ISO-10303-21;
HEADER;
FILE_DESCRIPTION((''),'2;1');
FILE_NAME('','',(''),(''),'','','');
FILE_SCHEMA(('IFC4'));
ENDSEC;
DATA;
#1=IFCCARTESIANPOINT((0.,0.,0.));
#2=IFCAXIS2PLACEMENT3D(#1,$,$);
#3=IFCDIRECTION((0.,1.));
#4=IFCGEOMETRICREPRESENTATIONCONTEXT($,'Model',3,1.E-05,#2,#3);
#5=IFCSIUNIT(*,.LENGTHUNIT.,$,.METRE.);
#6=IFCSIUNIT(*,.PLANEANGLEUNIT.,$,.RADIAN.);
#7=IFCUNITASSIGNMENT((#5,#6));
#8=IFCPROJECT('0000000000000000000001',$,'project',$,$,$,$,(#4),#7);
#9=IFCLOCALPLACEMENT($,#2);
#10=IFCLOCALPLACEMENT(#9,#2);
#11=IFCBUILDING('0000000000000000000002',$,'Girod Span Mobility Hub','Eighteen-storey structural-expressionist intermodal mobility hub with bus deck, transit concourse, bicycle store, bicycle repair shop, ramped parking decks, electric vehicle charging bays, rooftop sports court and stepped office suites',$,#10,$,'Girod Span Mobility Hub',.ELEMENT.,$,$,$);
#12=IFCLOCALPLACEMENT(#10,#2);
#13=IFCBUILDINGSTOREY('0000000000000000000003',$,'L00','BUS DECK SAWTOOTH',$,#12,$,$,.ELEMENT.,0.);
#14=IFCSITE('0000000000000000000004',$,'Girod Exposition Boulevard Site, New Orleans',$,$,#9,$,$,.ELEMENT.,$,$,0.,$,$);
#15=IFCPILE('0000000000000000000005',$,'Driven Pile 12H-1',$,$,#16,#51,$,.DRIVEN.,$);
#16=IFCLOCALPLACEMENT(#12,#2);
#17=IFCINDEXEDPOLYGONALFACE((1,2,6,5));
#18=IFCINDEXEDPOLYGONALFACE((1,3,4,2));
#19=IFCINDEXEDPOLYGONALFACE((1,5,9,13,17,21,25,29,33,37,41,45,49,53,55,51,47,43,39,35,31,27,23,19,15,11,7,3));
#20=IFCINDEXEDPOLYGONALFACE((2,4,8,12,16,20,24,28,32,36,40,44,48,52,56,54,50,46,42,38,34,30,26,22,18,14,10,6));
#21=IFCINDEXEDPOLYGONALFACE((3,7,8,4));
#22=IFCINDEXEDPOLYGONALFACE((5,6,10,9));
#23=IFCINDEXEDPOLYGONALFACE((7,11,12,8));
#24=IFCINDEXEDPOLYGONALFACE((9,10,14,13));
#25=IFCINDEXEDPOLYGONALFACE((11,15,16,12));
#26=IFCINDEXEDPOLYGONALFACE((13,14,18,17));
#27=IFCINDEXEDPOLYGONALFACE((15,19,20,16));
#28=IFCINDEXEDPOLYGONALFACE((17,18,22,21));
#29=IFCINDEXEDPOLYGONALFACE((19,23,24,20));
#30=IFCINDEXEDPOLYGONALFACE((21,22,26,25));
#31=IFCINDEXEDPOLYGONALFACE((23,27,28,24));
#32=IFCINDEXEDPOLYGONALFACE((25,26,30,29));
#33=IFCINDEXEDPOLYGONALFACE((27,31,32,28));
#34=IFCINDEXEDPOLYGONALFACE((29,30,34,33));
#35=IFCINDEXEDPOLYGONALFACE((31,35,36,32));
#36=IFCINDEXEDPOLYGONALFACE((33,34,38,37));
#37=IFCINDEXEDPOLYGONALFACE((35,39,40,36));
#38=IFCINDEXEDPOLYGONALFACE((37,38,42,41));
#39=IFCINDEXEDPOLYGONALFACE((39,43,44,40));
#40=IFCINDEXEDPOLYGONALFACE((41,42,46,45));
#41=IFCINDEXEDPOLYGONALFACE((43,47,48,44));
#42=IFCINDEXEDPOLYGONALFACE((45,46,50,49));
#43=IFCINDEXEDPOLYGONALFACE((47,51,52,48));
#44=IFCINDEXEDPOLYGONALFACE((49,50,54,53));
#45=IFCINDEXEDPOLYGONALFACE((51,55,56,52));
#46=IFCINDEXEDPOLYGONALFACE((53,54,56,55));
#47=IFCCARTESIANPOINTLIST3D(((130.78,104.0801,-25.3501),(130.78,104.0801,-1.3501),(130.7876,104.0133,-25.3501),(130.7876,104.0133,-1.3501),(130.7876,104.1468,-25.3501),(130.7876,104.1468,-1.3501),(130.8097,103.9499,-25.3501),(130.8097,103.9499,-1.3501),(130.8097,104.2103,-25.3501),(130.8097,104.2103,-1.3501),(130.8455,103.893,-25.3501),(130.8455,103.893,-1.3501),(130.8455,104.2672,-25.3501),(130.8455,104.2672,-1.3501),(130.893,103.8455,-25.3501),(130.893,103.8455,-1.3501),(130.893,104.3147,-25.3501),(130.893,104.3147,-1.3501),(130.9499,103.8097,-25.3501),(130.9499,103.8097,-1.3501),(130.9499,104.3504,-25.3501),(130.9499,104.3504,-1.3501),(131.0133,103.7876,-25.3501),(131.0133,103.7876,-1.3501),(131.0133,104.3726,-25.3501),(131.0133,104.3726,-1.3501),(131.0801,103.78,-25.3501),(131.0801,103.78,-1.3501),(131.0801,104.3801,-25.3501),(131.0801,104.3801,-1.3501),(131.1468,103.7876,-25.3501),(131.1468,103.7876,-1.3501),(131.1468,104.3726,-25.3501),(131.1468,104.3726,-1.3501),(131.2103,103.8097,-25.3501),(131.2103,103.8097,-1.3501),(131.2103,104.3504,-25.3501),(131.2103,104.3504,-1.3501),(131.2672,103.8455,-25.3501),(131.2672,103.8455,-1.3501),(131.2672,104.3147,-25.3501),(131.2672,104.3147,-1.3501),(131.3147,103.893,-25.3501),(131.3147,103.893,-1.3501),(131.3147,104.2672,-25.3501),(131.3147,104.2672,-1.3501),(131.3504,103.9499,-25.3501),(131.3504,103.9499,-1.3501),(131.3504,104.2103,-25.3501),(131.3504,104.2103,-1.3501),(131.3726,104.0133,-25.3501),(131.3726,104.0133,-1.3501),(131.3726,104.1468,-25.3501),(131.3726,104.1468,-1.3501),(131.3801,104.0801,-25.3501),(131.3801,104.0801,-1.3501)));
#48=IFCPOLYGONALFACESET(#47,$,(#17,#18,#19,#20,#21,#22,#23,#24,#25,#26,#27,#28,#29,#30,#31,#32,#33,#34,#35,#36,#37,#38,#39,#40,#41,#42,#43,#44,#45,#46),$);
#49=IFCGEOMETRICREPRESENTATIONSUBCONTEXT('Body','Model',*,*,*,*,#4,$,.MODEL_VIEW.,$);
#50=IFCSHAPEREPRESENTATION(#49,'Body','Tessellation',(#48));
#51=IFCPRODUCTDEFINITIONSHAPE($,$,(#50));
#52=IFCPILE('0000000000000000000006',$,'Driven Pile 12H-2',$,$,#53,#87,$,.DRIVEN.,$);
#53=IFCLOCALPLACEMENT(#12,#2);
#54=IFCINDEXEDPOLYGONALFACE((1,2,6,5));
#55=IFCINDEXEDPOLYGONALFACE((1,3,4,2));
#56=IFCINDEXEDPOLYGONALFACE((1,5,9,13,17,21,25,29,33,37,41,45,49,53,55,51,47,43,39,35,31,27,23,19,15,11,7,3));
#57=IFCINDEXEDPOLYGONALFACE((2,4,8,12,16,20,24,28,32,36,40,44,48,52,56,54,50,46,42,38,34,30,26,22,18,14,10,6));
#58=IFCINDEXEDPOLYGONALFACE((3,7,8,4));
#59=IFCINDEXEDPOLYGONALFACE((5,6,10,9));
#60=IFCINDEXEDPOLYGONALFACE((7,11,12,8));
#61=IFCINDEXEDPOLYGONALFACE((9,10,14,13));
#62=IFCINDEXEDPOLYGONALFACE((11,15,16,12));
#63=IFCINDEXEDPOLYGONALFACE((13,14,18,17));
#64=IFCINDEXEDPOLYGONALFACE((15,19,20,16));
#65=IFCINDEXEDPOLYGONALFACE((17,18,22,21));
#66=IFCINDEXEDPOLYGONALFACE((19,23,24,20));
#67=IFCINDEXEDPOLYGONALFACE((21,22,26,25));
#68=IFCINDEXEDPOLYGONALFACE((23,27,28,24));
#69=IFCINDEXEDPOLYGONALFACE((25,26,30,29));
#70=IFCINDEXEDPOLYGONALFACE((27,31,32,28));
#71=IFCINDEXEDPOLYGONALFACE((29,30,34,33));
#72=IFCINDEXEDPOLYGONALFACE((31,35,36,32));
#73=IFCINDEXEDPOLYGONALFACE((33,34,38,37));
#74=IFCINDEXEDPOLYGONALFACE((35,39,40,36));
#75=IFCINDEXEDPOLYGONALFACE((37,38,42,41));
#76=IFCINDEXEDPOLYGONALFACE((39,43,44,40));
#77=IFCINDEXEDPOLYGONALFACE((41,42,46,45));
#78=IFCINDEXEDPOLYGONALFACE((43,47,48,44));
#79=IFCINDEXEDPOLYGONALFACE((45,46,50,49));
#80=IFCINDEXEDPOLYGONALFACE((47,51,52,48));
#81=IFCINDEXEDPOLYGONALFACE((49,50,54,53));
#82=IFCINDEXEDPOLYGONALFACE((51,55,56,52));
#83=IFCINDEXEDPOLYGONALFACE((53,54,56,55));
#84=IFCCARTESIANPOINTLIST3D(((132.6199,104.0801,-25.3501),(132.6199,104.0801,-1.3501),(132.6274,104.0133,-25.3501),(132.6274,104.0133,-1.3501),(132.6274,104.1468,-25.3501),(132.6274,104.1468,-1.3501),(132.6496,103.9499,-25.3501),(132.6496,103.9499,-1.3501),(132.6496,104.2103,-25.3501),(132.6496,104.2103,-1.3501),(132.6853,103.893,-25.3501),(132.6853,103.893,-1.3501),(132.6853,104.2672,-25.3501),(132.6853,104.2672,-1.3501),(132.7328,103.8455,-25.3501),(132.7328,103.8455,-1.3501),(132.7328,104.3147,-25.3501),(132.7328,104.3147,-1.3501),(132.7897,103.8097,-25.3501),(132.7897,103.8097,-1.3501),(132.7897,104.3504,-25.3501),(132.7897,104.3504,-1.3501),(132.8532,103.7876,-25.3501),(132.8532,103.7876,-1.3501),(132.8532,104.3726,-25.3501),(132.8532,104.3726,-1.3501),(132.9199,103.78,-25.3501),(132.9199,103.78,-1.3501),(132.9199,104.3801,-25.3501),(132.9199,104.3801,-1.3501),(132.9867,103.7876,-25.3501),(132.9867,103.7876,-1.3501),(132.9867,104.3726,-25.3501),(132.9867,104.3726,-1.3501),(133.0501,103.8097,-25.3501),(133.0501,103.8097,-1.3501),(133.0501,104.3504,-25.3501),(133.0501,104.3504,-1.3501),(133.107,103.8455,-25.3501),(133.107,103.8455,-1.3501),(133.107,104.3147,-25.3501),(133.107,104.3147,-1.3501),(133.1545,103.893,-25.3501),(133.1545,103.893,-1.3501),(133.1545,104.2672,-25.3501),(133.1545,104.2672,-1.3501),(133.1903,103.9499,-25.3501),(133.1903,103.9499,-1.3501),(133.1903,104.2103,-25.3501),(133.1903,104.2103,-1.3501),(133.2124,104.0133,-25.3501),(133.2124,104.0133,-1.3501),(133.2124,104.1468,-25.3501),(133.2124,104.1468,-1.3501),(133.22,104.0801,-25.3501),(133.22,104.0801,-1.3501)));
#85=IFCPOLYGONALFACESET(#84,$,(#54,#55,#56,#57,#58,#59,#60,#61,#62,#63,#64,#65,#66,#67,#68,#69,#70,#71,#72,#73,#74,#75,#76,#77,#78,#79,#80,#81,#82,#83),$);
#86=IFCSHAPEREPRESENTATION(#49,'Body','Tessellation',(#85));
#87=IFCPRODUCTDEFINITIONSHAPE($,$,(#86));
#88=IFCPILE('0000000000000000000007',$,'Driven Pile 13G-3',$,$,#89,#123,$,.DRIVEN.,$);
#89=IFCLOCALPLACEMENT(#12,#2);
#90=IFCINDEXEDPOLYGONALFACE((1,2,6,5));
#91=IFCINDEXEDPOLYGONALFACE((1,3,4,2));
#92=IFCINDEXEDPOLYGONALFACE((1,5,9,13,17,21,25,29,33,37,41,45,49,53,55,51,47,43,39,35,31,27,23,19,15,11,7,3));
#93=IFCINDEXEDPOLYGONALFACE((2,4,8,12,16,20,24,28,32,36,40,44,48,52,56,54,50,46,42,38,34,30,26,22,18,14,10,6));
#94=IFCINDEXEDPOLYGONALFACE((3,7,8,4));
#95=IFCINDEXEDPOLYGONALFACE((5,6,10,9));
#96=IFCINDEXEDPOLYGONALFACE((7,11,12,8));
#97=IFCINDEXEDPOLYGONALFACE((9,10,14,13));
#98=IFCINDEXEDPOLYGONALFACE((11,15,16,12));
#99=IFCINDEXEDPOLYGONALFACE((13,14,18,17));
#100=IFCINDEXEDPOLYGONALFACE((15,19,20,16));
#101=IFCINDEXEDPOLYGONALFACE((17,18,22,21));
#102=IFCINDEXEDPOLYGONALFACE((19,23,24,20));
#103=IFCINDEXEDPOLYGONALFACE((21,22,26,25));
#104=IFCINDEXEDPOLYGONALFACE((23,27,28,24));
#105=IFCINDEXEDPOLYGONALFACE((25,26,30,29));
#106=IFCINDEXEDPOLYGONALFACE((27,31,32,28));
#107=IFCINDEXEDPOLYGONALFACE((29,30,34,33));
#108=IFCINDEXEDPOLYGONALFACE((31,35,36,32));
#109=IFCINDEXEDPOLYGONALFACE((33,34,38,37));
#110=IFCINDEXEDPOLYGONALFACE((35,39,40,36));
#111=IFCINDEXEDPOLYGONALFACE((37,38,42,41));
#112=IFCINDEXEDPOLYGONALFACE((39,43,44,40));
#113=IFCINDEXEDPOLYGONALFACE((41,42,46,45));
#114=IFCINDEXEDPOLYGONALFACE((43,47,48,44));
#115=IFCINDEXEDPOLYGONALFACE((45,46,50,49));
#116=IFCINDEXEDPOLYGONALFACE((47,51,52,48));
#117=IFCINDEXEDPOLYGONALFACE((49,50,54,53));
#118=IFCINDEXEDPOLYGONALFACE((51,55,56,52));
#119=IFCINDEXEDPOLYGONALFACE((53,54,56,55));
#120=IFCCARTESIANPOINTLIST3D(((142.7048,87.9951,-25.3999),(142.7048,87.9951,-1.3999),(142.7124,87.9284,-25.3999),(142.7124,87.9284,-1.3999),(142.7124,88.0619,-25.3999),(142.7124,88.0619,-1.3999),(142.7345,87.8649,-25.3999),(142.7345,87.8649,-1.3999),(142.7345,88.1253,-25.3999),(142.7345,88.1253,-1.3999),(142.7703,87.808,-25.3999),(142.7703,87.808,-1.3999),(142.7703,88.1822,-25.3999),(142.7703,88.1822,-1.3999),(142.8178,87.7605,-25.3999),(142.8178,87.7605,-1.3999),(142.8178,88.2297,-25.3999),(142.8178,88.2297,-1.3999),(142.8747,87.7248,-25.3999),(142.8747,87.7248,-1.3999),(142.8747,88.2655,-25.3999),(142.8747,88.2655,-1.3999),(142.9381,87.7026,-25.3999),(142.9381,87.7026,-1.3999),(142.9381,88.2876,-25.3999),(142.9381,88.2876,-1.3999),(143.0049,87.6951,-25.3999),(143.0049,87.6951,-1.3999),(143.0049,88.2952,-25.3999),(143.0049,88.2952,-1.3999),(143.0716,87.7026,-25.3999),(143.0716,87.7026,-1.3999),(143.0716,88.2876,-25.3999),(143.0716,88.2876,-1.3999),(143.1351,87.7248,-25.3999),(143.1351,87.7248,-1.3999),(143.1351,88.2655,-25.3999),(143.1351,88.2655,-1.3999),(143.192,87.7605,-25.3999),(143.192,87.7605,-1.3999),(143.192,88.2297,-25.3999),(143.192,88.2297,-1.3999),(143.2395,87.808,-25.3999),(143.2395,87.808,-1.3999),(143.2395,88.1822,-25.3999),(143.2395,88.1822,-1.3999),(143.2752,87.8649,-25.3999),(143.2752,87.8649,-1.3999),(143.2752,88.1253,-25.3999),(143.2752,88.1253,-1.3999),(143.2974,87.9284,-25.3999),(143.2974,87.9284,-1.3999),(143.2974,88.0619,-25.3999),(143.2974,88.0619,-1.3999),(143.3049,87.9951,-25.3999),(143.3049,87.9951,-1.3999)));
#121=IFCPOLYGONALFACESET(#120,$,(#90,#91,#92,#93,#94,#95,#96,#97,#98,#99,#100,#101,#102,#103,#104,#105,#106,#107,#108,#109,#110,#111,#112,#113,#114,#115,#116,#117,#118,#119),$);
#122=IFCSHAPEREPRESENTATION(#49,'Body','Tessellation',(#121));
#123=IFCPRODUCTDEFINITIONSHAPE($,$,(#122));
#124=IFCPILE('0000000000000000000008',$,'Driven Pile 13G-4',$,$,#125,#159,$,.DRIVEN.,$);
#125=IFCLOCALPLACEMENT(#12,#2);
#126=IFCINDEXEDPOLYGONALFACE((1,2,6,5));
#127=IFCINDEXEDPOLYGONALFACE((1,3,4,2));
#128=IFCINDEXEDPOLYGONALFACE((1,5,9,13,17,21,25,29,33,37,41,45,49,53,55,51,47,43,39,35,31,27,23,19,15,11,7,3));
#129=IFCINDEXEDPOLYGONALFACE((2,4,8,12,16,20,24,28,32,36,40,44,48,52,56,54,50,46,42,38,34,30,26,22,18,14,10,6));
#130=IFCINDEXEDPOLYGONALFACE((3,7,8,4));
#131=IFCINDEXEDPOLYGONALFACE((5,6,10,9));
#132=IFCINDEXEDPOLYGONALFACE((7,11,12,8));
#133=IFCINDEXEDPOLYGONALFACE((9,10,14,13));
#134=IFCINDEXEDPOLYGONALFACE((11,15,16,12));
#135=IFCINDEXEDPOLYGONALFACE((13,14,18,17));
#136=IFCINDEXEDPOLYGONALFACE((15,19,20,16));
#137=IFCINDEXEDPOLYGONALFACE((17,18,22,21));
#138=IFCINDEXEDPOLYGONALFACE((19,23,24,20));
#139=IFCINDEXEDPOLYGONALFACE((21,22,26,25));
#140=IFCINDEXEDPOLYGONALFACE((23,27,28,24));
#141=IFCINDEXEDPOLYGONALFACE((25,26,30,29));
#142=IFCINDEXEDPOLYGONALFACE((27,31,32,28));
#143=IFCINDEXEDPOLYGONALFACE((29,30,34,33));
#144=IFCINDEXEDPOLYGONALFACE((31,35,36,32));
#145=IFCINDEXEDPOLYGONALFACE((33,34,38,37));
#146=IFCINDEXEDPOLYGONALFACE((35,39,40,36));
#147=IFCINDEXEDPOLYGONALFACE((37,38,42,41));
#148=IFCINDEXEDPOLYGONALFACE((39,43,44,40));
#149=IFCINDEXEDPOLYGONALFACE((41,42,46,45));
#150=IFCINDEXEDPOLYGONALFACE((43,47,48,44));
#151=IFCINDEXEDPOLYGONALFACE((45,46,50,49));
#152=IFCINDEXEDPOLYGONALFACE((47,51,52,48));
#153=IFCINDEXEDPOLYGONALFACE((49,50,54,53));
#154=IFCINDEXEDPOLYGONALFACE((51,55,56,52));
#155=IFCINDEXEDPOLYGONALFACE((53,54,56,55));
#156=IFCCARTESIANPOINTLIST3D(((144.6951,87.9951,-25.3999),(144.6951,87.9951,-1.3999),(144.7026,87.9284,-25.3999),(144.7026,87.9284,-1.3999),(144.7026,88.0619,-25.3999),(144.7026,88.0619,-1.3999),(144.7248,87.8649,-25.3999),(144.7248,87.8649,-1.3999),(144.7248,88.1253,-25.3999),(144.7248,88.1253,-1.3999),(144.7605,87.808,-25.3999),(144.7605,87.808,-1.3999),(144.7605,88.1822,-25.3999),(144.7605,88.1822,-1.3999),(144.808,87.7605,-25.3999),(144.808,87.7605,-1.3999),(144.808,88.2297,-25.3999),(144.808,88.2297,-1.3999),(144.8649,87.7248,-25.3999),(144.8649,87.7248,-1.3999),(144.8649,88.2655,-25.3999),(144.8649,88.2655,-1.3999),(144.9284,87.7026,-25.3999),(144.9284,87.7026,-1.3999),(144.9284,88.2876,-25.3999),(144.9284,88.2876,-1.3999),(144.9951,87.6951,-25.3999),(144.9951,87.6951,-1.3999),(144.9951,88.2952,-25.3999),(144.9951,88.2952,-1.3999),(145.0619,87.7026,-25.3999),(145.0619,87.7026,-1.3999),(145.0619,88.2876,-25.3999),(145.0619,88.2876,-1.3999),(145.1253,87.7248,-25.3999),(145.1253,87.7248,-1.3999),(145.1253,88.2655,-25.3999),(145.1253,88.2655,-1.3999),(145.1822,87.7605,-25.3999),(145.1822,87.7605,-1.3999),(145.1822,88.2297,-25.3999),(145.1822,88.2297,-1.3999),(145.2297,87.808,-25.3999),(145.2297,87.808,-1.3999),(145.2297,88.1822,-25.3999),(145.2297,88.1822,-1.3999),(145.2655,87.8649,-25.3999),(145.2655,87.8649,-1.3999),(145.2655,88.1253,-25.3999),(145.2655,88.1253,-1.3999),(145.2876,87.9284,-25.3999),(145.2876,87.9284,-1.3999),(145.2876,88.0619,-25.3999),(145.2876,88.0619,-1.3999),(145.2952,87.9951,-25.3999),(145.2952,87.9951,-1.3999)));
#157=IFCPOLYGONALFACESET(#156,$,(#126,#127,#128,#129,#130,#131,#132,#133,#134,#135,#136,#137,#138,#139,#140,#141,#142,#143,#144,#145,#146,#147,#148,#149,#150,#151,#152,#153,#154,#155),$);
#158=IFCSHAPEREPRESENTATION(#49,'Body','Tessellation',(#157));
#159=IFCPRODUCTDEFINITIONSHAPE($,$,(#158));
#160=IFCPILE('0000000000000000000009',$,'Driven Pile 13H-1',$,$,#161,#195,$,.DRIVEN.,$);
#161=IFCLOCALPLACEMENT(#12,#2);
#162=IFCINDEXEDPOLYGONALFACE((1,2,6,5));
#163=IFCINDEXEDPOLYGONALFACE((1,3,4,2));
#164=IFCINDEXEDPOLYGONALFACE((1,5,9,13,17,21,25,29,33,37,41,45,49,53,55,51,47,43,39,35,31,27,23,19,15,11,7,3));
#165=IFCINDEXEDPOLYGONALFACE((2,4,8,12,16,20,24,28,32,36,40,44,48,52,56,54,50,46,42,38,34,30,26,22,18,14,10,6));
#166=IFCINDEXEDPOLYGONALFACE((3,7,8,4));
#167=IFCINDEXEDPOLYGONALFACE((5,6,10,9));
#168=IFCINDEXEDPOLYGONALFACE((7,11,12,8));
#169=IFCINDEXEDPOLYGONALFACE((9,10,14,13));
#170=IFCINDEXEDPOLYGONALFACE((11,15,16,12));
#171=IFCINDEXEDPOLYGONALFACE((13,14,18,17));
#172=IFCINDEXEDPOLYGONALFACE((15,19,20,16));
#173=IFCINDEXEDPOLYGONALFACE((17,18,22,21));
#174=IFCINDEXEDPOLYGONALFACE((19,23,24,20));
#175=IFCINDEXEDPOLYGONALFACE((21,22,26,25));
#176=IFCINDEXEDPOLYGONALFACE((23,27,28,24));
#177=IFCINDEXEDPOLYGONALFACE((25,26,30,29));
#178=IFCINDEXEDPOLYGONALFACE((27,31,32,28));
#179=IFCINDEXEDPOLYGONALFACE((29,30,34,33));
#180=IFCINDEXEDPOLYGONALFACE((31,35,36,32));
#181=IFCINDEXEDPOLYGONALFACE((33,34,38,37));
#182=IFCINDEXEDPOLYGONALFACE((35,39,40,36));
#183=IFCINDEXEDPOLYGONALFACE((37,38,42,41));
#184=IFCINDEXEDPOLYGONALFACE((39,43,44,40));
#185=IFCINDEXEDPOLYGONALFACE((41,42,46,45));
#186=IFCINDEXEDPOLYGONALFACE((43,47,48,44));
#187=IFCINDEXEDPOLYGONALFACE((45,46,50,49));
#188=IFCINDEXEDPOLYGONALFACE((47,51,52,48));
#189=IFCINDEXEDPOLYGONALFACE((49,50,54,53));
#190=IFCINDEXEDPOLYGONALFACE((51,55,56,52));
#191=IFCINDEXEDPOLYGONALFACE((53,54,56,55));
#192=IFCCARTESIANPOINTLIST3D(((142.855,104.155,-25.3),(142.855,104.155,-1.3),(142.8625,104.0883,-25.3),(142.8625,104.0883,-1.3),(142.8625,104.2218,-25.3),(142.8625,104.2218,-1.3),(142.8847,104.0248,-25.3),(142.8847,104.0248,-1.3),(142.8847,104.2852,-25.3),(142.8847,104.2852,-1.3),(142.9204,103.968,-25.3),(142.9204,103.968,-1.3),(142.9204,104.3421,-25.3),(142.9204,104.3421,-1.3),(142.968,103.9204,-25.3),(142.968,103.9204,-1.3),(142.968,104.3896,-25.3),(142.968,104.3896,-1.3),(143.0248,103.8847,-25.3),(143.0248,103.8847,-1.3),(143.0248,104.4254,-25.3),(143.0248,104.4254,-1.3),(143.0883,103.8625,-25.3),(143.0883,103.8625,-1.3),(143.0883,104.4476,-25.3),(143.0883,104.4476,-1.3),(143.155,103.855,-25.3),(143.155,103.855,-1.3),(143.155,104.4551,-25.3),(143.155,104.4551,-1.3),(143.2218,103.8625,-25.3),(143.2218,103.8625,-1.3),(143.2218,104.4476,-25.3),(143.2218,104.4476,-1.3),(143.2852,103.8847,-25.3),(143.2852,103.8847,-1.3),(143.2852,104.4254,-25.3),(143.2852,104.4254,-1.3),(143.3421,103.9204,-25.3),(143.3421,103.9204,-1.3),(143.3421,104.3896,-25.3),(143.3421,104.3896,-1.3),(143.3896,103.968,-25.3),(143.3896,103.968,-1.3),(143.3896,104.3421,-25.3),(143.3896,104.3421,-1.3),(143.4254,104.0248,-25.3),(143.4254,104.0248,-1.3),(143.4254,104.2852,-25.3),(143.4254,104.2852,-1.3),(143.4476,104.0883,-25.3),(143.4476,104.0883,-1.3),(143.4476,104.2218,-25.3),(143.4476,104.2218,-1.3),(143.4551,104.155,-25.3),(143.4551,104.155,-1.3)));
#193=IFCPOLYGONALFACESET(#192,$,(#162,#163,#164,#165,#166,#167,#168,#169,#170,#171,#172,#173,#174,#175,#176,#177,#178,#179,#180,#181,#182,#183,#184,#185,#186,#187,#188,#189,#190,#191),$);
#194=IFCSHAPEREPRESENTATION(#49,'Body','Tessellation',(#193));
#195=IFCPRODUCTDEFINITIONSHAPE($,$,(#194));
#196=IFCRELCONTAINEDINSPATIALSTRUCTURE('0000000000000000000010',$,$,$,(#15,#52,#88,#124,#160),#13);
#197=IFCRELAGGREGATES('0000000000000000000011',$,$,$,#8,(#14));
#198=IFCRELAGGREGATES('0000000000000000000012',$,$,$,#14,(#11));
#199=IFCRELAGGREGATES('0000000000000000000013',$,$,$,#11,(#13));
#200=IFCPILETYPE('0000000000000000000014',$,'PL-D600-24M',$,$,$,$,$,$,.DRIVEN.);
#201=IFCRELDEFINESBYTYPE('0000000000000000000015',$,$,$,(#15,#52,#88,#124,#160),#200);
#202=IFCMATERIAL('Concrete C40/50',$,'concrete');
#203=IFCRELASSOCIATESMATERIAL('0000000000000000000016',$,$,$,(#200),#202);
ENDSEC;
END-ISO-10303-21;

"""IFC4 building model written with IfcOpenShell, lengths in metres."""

from ifc_helpers import new_model, si_unit, direction, frame, origin, origin_2d, place, context, subcontext, project, spatial, circle, extrude, material, material_profile, profile_set, type_object, element, save


model = new_model("IFC4")

# Units and contexts
model_context = context("Model", 3, precision=1e-05, world=origin(), true_north=direction((0.0, 1.0)))
body_context = subcontext(model_context, "Body", "Model", "MODEL_VIEW")
ifc_project = project(units=[si_unit("LENGTHUNIT", "METRE"), si_unit("PLANEANGLEUNIT", "RADIAN")], contexts=[model_context])

# Site, building, storey
site_placement = place(None, origin())
site = spatial("IfcSite", under=ifc_project, at=site_placement, Name="Girod Exposition Boulevard Site, New Orleans", CompositionType="ELEMENT", RefElevation=0.0)
building_placement = place(site_placement, origin())
building = spatial("IfcBuilding", under=site, at=building_placement, Name="Girod Span Mobility Hub", Description="Eighteen-storey structural-expressionist intermodal mobility hub with bus deck, transit concourse, bicycle store, bicycle repair shop, ramped parking decks, electric vehicle charging bays, rooftop sports court and stepped office suites", LongName="Girod Span Mobility Hub", CompositionType="ELEMENT")
storey_placement = place(building_placement, origin())
storey = spatial("IfcBuildingStorey", under=building, at=storey_placement, Name="L00", Description="BUS DECK SAWTOOTH", CompositionType="ELEMENT", Elevation=0.0)

# Piles
ifc_material_1 = material(Name="Concrete C40/50", Category="concrete")
ifc_material_profile_1 = material_profile(ifc_material_1, circle(Radius=0.3, at=origin_2d()), Name="PILE-D600")
ifc_profile_set_1 = profile_set([ifc_material_profile_1], Name="Concrete C40/50")
pile_type = type_object("IfcPileType", Name="PL-D600-24M", PredefinedType="DRIVEN", material=ifc_profile_set_1)
for number, where, z_axis, x_axis, name in (
    (1, (131.0801, 104.0801, -1.3501), (0.0, 0.0, -1.0), (1.0, 0.0, 0.0), "Driven Pile 12H-1"),
    (2, (132.9199, 104.0801, -1.3501), (0.0, 0.0, -1.0), (1.0, 0.0, 0.0), "Driven Pile 12H-2"),
    (3, (143.0049, 87.9951, -1.3999), (0.0, 0.0, -1.0), (1.0, 0.0, 0.0), "Driven Pile 13G-3"),
    (4, (144.9951, 87.9951, -1.3999), (0.0, 0.0, -1.0), (1.0, 0.0, 0.0), "Driven Pile 13G-4"),
    (5, (143.155, 104.155, -1.3), (0.0, 0.0, -1.0), (1.0, 0.0, 0.0), "Driven Pile 13H-1"),
):
    element("IfcPile", number, at=place(storey_placement, frame(where, z_axis=z_axis, x_axis=x_axis)), inside=storey, type_object=pile_type, Name=name, PredefinedType="DRIVEN", context=body_context, shape_type="SweptSolid", body=[
        extrude(circle(Radius=0.3, at=origin_2d()), origin(), (0.0, 0.0, 1.0), 24.0),
    ])

save(model, "model.ifc")
